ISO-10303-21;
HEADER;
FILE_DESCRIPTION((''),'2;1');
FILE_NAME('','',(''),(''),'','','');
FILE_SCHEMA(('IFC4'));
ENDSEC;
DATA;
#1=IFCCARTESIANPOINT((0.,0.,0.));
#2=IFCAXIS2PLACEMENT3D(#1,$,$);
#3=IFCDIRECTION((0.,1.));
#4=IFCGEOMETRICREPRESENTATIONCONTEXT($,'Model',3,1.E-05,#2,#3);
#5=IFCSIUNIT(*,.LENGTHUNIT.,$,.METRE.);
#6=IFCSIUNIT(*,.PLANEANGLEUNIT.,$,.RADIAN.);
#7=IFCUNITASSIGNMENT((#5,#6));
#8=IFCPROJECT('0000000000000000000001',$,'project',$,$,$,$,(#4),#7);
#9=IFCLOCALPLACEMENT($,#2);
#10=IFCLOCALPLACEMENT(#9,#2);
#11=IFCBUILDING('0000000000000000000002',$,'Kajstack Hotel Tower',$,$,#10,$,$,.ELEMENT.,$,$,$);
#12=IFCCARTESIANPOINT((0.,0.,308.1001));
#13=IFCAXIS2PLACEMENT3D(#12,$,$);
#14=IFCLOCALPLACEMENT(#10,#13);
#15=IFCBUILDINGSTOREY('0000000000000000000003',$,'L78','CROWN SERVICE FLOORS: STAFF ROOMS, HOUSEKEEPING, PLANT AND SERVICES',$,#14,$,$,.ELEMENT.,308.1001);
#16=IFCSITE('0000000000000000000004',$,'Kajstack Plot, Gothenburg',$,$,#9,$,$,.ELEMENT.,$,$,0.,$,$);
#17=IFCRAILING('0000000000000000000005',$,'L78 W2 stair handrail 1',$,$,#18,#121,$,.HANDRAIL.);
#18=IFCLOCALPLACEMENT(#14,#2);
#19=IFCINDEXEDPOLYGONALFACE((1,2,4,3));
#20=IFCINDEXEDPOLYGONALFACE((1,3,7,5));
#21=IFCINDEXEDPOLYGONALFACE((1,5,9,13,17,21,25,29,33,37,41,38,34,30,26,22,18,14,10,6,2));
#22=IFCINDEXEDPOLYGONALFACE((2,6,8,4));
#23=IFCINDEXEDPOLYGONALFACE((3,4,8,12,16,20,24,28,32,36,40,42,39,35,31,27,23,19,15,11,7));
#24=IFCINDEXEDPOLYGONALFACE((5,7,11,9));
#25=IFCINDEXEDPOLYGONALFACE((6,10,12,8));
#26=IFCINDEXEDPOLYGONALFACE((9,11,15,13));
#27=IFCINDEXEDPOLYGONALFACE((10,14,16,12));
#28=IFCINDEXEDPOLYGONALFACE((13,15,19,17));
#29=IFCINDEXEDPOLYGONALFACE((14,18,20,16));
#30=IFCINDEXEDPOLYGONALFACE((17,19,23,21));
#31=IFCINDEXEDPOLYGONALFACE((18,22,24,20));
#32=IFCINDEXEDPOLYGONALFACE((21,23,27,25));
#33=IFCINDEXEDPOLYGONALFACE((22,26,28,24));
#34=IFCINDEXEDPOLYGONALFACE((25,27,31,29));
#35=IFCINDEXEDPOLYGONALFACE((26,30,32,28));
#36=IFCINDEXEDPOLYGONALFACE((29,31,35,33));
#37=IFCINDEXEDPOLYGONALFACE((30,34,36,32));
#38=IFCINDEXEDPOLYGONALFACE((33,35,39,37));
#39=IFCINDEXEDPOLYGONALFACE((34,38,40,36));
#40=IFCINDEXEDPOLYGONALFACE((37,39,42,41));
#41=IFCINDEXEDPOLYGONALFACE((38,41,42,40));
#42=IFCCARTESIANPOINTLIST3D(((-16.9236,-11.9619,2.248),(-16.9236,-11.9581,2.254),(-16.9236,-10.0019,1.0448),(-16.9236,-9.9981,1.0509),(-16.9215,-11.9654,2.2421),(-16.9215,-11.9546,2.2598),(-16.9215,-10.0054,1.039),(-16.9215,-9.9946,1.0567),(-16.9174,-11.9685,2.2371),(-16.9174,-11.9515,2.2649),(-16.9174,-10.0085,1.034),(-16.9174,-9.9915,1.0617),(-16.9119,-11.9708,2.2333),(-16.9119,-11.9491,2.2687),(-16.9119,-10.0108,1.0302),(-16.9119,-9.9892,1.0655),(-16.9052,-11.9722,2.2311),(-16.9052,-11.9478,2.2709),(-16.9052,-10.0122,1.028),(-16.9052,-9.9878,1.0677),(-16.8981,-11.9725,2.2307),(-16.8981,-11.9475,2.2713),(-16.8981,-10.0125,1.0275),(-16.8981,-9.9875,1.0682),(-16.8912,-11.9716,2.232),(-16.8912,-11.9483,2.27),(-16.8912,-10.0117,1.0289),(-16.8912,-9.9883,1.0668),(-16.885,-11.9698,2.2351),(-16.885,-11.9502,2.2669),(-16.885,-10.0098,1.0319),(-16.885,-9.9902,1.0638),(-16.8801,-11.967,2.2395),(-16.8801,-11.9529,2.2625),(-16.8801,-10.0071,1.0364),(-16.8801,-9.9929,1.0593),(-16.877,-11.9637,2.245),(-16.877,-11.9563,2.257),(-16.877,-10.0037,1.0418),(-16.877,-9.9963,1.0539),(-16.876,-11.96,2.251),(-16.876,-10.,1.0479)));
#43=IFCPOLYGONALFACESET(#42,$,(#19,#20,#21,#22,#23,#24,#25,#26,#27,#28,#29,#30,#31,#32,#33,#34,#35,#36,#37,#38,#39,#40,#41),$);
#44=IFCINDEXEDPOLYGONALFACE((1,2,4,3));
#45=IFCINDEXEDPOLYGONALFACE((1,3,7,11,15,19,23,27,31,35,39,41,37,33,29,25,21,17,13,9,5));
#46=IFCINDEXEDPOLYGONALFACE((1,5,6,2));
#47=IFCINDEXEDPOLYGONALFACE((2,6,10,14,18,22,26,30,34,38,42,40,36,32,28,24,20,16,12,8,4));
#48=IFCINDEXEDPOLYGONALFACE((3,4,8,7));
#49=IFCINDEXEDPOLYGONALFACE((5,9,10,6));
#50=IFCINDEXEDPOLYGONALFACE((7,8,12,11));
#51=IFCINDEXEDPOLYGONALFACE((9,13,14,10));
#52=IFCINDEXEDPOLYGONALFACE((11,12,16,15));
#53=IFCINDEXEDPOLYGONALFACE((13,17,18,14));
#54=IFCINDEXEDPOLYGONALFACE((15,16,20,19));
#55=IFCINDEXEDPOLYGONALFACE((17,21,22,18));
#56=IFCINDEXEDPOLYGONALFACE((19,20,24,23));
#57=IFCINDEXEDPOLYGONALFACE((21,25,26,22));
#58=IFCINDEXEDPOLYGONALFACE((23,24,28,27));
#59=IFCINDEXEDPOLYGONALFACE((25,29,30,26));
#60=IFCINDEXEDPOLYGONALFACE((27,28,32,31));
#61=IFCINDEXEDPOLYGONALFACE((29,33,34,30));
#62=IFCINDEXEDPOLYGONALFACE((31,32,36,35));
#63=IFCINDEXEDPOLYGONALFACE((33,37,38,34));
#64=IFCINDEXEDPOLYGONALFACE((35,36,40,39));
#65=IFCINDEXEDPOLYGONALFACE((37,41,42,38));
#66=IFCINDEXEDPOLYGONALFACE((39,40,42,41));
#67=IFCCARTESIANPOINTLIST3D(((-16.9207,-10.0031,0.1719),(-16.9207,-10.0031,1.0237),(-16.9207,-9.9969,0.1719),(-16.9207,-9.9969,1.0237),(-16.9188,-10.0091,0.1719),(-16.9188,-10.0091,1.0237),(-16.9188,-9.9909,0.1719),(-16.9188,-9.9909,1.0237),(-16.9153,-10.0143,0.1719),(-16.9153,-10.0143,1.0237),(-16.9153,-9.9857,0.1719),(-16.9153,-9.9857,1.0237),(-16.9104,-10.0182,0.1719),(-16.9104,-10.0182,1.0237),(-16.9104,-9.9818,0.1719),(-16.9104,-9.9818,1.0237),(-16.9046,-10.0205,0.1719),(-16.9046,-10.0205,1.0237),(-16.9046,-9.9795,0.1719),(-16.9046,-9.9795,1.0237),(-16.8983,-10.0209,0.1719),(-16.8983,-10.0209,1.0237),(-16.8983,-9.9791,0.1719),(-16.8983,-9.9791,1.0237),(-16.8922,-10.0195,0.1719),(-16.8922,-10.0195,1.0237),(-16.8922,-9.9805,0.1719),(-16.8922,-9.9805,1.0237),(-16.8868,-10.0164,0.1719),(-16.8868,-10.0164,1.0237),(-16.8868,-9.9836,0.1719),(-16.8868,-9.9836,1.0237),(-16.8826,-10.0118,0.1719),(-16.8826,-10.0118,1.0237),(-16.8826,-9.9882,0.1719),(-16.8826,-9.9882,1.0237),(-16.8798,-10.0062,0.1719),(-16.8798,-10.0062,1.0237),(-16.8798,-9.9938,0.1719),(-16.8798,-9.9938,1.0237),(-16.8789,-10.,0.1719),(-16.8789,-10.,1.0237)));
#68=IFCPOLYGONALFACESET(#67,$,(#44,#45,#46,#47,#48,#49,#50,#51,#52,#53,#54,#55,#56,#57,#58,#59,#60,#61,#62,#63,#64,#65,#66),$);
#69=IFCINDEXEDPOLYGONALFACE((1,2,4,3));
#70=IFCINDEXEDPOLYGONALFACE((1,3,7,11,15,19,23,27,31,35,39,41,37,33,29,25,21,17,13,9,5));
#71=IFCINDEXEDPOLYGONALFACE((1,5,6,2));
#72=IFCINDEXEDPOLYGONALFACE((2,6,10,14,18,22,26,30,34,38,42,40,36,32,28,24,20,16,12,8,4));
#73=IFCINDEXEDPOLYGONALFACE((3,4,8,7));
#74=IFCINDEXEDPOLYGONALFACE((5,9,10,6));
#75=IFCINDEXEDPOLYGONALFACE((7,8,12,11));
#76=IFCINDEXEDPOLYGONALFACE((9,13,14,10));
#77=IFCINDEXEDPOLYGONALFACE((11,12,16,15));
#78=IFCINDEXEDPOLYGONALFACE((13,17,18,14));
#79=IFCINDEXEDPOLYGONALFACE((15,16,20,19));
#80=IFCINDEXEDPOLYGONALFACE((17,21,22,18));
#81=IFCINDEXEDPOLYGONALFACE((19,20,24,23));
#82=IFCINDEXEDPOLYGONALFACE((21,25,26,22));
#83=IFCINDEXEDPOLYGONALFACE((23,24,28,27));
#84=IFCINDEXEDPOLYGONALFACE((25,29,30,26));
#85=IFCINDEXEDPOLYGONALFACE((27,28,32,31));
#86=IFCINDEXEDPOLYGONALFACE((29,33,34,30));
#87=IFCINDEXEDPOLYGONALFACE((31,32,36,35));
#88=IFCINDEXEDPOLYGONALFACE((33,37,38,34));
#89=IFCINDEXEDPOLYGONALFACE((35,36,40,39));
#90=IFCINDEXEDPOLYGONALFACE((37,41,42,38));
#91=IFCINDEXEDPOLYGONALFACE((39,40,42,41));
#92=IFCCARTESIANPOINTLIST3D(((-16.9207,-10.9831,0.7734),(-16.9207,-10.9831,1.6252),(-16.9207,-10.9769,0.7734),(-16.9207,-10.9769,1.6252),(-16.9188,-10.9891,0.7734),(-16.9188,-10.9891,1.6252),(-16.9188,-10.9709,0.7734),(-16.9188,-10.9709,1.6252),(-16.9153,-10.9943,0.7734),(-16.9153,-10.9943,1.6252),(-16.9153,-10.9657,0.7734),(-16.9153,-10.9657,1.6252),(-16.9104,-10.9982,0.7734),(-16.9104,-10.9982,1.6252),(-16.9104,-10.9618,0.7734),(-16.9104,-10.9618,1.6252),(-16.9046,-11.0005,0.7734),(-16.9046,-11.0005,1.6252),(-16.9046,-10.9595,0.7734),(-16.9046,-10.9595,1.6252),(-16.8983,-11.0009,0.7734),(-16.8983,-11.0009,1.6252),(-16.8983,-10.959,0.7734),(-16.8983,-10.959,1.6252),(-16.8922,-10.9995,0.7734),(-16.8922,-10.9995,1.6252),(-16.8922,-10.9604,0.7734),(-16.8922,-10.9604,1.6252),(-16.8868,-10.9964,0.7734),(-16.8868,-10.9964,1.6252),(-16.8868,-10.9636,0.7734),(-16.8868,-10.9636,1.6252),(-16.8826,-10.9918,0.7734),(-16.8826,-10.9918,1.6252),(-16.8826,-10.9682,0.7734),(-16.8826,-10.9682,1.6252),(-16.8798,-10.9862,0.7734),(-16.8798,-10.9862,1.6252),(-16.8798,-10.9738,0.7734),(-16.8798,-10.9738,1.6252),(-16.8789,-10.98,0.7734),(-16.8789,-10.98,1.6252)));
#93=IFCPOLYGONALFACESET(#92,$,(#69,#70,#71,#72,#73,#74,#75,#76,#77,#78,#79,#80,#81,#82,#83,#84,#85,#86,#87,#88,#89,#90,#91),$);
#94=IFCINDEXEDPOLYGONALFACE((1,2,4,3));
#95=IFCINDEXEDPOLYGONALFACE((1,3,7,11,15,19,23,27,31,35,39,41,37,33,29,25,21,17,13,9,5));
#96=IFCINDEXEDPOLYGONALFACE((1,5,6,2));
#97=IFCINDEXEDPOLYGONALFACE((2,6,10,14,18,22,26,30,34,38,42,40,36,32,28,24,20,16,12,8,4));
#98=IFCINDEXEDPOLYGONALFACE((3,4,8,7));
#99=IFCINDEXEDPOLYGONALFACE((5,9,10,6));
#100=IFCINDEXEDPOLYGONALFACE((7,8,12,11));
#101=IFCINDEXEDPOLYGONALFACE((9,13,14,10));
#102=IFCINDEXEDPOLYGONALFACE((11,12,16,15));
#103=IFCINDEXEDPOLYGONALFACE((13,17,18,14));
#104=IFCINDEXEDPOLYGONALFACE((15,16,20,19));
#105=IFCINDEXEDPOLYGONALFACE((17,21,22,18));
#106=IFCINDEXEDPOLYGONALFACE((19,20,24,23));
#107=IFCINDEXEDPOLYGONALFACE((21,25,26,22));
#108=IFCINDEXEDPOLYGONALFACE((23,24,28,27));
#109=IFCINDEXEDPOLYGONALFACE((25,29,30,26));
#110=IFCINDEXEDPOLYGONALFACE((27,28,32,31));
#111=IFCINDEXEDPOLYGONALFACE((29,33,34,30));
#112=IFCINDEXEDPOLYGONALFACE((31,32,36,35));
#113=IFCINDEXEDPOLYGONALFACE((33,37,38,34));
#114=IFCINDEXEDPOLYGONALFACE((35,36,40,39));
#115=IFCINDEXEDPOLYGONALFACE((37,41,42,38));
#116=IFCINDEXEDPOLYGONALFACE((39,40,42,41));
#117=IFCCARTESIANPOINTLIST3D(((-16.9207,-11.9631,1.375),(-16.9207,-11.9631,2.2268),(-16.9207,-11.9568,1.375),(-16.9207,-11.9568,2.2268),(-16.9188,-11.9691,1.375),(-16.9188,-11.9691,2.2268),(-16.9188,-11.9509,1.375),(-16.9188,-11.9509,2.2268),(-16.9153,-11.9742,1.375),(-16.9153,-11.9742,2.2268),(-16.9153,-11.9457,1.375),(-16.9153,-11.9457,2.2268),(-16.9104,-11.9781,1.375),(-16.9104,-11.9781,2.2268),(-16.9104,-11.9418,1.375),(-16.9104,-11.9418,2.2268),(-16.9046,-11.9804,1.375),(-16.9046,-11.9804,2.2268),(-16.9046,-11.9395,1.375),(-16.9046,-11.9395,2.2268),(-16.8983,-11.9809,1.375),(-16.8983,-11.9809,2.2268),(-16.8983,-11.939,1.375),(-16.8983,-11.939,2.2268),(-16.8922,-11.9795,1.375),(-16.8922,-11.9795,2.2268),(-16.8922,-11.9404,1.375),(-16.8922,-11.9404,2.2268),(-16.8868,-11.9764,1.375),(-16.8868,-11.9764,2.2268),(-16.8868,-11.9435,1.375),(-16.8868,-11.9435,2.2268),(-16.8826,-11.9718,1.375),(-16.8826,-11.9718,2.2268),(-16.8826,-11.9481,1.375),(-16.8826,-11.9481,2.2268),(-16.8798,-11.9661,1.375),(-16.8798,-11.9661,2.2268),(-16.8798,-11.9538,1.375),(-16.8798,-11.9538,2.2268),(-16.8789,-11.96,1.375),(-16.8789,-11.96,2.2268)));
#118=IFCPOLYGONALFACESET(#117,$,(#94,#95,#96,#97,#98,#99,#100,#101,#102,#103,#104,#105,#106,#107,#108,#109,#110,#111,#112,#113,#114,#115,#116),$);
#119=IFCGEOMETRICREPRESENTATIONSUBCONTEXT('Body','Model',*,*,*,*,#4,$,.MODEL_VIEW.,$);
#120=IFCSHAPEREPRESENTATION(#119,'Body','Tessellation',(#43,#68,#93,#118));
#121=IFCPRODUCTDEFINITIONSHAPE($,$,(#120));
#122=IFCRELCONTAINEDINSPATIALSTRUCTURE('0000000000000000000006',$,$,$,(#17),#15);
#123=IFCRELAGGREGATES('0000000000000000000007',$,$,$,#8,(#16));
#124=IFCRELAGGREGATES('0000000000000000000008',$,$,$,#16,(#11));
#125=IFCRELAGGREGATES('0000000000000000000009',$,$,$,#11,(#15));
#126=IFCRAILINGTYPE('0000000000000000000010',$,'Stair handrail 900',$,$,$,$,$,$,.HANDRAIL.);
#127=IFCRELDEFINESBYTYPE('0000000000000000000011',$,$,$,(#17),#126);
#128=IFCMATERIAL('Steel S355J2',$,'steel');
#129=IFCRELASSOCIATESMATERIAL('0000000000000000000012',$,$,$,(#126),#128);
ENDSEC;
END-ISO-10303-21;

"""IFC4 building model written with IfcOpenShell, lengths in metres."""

from ifc_helpers import new_model, si_unit, direction, frame, origin, origin_2d, place, context, subcontext, project, spatial, circle, extrude, material, type_object, element, save


model = new_model("IFC4")

# Units and contexts
model_context = context("Model", 3, precision=1e-05, world=origin(), true_north=direction((0.0, 1.0)))
body_context = subcontext(model_context, "Body", "Model", "MODEL_VIEW")
ifc_project = project(units=[si_unit("LENGTHUNIT", "METRE"), si_unit("PLANEANGLEUNIT", "RADIAN")], contexts=[model_context])

# Site, building, storey
site_placement = place(None, origin())
site = spatial("IfcSite", under=ifc_project, at=site_placement, Name="Kajstack Plot, Gothenburg", CompositionType="ELEMENT", RefElevation=0.0)
building_placement = place(site_placement, origin())
building = spatial("IfcBuilding", under=site, at=building_placement, Name="Kajstack Hotel Tower", CompositionType="ELEMENT")
storey_placement = place(building_placement, frame((0.0, 0.0, 308.1001)))
storey = spatial("IfcBuildingStorey", under=building, at=storey_placement, Name="L78", Description="CROWN SERVICE FLOORS: STAFF ROOMS, HOUSEKEEPING, PLANT AND SERVICES", CompositionType="ELEMENT", Elevation=308.1001)

# Shared definitions
ifc_material_1 = material(Name="Steel S355J2", Category="steel")

# Railing
railing_type_1 = type_object("IfcRailingType", Name="Stair handrail 900", PredefinedType="HANDRAIL", material=ifc_material_1)
railing_1_placement = place(storey_placement, frame((-16.8999, -10.0, 0.1719)))
element("IfcRailing", 1, at=railing_1_placement, inside=storey, type_object=railing_type_1, Name="L78 W2 stair handrail 1", PredefinedType="HANDRAIL", context=body_context, shape_type="SweptSolid", body=[
    extrude(circle(Radius=0.0239, at=origin_2d()), frame((0.0, 0.0, 0.876), z_axis=(0.0, -0.852241, 0.523149), x_axis=(1.0, 0.0, 0.0)), (0.0, 0.0, 1.0), 2.2998),
    extrude(circle(Radius=0.021, at=origin_2d()), origin(), (0.0, 0.0, 1.0), 0.8518),
    extrude(circle(Radius=0.021, at=origin_2d()), frame((0.0, -0.98, 0.6016)), (0.0, 0.0, 1.0), 0.8518),
    extrude(circle(Radius=0.021, at=origin_2d()), frame((0.0, -1.96, 1.2031)), (0.0, 0.0, 1.0), 0.8518),
])

save(model, "model.ifc")
